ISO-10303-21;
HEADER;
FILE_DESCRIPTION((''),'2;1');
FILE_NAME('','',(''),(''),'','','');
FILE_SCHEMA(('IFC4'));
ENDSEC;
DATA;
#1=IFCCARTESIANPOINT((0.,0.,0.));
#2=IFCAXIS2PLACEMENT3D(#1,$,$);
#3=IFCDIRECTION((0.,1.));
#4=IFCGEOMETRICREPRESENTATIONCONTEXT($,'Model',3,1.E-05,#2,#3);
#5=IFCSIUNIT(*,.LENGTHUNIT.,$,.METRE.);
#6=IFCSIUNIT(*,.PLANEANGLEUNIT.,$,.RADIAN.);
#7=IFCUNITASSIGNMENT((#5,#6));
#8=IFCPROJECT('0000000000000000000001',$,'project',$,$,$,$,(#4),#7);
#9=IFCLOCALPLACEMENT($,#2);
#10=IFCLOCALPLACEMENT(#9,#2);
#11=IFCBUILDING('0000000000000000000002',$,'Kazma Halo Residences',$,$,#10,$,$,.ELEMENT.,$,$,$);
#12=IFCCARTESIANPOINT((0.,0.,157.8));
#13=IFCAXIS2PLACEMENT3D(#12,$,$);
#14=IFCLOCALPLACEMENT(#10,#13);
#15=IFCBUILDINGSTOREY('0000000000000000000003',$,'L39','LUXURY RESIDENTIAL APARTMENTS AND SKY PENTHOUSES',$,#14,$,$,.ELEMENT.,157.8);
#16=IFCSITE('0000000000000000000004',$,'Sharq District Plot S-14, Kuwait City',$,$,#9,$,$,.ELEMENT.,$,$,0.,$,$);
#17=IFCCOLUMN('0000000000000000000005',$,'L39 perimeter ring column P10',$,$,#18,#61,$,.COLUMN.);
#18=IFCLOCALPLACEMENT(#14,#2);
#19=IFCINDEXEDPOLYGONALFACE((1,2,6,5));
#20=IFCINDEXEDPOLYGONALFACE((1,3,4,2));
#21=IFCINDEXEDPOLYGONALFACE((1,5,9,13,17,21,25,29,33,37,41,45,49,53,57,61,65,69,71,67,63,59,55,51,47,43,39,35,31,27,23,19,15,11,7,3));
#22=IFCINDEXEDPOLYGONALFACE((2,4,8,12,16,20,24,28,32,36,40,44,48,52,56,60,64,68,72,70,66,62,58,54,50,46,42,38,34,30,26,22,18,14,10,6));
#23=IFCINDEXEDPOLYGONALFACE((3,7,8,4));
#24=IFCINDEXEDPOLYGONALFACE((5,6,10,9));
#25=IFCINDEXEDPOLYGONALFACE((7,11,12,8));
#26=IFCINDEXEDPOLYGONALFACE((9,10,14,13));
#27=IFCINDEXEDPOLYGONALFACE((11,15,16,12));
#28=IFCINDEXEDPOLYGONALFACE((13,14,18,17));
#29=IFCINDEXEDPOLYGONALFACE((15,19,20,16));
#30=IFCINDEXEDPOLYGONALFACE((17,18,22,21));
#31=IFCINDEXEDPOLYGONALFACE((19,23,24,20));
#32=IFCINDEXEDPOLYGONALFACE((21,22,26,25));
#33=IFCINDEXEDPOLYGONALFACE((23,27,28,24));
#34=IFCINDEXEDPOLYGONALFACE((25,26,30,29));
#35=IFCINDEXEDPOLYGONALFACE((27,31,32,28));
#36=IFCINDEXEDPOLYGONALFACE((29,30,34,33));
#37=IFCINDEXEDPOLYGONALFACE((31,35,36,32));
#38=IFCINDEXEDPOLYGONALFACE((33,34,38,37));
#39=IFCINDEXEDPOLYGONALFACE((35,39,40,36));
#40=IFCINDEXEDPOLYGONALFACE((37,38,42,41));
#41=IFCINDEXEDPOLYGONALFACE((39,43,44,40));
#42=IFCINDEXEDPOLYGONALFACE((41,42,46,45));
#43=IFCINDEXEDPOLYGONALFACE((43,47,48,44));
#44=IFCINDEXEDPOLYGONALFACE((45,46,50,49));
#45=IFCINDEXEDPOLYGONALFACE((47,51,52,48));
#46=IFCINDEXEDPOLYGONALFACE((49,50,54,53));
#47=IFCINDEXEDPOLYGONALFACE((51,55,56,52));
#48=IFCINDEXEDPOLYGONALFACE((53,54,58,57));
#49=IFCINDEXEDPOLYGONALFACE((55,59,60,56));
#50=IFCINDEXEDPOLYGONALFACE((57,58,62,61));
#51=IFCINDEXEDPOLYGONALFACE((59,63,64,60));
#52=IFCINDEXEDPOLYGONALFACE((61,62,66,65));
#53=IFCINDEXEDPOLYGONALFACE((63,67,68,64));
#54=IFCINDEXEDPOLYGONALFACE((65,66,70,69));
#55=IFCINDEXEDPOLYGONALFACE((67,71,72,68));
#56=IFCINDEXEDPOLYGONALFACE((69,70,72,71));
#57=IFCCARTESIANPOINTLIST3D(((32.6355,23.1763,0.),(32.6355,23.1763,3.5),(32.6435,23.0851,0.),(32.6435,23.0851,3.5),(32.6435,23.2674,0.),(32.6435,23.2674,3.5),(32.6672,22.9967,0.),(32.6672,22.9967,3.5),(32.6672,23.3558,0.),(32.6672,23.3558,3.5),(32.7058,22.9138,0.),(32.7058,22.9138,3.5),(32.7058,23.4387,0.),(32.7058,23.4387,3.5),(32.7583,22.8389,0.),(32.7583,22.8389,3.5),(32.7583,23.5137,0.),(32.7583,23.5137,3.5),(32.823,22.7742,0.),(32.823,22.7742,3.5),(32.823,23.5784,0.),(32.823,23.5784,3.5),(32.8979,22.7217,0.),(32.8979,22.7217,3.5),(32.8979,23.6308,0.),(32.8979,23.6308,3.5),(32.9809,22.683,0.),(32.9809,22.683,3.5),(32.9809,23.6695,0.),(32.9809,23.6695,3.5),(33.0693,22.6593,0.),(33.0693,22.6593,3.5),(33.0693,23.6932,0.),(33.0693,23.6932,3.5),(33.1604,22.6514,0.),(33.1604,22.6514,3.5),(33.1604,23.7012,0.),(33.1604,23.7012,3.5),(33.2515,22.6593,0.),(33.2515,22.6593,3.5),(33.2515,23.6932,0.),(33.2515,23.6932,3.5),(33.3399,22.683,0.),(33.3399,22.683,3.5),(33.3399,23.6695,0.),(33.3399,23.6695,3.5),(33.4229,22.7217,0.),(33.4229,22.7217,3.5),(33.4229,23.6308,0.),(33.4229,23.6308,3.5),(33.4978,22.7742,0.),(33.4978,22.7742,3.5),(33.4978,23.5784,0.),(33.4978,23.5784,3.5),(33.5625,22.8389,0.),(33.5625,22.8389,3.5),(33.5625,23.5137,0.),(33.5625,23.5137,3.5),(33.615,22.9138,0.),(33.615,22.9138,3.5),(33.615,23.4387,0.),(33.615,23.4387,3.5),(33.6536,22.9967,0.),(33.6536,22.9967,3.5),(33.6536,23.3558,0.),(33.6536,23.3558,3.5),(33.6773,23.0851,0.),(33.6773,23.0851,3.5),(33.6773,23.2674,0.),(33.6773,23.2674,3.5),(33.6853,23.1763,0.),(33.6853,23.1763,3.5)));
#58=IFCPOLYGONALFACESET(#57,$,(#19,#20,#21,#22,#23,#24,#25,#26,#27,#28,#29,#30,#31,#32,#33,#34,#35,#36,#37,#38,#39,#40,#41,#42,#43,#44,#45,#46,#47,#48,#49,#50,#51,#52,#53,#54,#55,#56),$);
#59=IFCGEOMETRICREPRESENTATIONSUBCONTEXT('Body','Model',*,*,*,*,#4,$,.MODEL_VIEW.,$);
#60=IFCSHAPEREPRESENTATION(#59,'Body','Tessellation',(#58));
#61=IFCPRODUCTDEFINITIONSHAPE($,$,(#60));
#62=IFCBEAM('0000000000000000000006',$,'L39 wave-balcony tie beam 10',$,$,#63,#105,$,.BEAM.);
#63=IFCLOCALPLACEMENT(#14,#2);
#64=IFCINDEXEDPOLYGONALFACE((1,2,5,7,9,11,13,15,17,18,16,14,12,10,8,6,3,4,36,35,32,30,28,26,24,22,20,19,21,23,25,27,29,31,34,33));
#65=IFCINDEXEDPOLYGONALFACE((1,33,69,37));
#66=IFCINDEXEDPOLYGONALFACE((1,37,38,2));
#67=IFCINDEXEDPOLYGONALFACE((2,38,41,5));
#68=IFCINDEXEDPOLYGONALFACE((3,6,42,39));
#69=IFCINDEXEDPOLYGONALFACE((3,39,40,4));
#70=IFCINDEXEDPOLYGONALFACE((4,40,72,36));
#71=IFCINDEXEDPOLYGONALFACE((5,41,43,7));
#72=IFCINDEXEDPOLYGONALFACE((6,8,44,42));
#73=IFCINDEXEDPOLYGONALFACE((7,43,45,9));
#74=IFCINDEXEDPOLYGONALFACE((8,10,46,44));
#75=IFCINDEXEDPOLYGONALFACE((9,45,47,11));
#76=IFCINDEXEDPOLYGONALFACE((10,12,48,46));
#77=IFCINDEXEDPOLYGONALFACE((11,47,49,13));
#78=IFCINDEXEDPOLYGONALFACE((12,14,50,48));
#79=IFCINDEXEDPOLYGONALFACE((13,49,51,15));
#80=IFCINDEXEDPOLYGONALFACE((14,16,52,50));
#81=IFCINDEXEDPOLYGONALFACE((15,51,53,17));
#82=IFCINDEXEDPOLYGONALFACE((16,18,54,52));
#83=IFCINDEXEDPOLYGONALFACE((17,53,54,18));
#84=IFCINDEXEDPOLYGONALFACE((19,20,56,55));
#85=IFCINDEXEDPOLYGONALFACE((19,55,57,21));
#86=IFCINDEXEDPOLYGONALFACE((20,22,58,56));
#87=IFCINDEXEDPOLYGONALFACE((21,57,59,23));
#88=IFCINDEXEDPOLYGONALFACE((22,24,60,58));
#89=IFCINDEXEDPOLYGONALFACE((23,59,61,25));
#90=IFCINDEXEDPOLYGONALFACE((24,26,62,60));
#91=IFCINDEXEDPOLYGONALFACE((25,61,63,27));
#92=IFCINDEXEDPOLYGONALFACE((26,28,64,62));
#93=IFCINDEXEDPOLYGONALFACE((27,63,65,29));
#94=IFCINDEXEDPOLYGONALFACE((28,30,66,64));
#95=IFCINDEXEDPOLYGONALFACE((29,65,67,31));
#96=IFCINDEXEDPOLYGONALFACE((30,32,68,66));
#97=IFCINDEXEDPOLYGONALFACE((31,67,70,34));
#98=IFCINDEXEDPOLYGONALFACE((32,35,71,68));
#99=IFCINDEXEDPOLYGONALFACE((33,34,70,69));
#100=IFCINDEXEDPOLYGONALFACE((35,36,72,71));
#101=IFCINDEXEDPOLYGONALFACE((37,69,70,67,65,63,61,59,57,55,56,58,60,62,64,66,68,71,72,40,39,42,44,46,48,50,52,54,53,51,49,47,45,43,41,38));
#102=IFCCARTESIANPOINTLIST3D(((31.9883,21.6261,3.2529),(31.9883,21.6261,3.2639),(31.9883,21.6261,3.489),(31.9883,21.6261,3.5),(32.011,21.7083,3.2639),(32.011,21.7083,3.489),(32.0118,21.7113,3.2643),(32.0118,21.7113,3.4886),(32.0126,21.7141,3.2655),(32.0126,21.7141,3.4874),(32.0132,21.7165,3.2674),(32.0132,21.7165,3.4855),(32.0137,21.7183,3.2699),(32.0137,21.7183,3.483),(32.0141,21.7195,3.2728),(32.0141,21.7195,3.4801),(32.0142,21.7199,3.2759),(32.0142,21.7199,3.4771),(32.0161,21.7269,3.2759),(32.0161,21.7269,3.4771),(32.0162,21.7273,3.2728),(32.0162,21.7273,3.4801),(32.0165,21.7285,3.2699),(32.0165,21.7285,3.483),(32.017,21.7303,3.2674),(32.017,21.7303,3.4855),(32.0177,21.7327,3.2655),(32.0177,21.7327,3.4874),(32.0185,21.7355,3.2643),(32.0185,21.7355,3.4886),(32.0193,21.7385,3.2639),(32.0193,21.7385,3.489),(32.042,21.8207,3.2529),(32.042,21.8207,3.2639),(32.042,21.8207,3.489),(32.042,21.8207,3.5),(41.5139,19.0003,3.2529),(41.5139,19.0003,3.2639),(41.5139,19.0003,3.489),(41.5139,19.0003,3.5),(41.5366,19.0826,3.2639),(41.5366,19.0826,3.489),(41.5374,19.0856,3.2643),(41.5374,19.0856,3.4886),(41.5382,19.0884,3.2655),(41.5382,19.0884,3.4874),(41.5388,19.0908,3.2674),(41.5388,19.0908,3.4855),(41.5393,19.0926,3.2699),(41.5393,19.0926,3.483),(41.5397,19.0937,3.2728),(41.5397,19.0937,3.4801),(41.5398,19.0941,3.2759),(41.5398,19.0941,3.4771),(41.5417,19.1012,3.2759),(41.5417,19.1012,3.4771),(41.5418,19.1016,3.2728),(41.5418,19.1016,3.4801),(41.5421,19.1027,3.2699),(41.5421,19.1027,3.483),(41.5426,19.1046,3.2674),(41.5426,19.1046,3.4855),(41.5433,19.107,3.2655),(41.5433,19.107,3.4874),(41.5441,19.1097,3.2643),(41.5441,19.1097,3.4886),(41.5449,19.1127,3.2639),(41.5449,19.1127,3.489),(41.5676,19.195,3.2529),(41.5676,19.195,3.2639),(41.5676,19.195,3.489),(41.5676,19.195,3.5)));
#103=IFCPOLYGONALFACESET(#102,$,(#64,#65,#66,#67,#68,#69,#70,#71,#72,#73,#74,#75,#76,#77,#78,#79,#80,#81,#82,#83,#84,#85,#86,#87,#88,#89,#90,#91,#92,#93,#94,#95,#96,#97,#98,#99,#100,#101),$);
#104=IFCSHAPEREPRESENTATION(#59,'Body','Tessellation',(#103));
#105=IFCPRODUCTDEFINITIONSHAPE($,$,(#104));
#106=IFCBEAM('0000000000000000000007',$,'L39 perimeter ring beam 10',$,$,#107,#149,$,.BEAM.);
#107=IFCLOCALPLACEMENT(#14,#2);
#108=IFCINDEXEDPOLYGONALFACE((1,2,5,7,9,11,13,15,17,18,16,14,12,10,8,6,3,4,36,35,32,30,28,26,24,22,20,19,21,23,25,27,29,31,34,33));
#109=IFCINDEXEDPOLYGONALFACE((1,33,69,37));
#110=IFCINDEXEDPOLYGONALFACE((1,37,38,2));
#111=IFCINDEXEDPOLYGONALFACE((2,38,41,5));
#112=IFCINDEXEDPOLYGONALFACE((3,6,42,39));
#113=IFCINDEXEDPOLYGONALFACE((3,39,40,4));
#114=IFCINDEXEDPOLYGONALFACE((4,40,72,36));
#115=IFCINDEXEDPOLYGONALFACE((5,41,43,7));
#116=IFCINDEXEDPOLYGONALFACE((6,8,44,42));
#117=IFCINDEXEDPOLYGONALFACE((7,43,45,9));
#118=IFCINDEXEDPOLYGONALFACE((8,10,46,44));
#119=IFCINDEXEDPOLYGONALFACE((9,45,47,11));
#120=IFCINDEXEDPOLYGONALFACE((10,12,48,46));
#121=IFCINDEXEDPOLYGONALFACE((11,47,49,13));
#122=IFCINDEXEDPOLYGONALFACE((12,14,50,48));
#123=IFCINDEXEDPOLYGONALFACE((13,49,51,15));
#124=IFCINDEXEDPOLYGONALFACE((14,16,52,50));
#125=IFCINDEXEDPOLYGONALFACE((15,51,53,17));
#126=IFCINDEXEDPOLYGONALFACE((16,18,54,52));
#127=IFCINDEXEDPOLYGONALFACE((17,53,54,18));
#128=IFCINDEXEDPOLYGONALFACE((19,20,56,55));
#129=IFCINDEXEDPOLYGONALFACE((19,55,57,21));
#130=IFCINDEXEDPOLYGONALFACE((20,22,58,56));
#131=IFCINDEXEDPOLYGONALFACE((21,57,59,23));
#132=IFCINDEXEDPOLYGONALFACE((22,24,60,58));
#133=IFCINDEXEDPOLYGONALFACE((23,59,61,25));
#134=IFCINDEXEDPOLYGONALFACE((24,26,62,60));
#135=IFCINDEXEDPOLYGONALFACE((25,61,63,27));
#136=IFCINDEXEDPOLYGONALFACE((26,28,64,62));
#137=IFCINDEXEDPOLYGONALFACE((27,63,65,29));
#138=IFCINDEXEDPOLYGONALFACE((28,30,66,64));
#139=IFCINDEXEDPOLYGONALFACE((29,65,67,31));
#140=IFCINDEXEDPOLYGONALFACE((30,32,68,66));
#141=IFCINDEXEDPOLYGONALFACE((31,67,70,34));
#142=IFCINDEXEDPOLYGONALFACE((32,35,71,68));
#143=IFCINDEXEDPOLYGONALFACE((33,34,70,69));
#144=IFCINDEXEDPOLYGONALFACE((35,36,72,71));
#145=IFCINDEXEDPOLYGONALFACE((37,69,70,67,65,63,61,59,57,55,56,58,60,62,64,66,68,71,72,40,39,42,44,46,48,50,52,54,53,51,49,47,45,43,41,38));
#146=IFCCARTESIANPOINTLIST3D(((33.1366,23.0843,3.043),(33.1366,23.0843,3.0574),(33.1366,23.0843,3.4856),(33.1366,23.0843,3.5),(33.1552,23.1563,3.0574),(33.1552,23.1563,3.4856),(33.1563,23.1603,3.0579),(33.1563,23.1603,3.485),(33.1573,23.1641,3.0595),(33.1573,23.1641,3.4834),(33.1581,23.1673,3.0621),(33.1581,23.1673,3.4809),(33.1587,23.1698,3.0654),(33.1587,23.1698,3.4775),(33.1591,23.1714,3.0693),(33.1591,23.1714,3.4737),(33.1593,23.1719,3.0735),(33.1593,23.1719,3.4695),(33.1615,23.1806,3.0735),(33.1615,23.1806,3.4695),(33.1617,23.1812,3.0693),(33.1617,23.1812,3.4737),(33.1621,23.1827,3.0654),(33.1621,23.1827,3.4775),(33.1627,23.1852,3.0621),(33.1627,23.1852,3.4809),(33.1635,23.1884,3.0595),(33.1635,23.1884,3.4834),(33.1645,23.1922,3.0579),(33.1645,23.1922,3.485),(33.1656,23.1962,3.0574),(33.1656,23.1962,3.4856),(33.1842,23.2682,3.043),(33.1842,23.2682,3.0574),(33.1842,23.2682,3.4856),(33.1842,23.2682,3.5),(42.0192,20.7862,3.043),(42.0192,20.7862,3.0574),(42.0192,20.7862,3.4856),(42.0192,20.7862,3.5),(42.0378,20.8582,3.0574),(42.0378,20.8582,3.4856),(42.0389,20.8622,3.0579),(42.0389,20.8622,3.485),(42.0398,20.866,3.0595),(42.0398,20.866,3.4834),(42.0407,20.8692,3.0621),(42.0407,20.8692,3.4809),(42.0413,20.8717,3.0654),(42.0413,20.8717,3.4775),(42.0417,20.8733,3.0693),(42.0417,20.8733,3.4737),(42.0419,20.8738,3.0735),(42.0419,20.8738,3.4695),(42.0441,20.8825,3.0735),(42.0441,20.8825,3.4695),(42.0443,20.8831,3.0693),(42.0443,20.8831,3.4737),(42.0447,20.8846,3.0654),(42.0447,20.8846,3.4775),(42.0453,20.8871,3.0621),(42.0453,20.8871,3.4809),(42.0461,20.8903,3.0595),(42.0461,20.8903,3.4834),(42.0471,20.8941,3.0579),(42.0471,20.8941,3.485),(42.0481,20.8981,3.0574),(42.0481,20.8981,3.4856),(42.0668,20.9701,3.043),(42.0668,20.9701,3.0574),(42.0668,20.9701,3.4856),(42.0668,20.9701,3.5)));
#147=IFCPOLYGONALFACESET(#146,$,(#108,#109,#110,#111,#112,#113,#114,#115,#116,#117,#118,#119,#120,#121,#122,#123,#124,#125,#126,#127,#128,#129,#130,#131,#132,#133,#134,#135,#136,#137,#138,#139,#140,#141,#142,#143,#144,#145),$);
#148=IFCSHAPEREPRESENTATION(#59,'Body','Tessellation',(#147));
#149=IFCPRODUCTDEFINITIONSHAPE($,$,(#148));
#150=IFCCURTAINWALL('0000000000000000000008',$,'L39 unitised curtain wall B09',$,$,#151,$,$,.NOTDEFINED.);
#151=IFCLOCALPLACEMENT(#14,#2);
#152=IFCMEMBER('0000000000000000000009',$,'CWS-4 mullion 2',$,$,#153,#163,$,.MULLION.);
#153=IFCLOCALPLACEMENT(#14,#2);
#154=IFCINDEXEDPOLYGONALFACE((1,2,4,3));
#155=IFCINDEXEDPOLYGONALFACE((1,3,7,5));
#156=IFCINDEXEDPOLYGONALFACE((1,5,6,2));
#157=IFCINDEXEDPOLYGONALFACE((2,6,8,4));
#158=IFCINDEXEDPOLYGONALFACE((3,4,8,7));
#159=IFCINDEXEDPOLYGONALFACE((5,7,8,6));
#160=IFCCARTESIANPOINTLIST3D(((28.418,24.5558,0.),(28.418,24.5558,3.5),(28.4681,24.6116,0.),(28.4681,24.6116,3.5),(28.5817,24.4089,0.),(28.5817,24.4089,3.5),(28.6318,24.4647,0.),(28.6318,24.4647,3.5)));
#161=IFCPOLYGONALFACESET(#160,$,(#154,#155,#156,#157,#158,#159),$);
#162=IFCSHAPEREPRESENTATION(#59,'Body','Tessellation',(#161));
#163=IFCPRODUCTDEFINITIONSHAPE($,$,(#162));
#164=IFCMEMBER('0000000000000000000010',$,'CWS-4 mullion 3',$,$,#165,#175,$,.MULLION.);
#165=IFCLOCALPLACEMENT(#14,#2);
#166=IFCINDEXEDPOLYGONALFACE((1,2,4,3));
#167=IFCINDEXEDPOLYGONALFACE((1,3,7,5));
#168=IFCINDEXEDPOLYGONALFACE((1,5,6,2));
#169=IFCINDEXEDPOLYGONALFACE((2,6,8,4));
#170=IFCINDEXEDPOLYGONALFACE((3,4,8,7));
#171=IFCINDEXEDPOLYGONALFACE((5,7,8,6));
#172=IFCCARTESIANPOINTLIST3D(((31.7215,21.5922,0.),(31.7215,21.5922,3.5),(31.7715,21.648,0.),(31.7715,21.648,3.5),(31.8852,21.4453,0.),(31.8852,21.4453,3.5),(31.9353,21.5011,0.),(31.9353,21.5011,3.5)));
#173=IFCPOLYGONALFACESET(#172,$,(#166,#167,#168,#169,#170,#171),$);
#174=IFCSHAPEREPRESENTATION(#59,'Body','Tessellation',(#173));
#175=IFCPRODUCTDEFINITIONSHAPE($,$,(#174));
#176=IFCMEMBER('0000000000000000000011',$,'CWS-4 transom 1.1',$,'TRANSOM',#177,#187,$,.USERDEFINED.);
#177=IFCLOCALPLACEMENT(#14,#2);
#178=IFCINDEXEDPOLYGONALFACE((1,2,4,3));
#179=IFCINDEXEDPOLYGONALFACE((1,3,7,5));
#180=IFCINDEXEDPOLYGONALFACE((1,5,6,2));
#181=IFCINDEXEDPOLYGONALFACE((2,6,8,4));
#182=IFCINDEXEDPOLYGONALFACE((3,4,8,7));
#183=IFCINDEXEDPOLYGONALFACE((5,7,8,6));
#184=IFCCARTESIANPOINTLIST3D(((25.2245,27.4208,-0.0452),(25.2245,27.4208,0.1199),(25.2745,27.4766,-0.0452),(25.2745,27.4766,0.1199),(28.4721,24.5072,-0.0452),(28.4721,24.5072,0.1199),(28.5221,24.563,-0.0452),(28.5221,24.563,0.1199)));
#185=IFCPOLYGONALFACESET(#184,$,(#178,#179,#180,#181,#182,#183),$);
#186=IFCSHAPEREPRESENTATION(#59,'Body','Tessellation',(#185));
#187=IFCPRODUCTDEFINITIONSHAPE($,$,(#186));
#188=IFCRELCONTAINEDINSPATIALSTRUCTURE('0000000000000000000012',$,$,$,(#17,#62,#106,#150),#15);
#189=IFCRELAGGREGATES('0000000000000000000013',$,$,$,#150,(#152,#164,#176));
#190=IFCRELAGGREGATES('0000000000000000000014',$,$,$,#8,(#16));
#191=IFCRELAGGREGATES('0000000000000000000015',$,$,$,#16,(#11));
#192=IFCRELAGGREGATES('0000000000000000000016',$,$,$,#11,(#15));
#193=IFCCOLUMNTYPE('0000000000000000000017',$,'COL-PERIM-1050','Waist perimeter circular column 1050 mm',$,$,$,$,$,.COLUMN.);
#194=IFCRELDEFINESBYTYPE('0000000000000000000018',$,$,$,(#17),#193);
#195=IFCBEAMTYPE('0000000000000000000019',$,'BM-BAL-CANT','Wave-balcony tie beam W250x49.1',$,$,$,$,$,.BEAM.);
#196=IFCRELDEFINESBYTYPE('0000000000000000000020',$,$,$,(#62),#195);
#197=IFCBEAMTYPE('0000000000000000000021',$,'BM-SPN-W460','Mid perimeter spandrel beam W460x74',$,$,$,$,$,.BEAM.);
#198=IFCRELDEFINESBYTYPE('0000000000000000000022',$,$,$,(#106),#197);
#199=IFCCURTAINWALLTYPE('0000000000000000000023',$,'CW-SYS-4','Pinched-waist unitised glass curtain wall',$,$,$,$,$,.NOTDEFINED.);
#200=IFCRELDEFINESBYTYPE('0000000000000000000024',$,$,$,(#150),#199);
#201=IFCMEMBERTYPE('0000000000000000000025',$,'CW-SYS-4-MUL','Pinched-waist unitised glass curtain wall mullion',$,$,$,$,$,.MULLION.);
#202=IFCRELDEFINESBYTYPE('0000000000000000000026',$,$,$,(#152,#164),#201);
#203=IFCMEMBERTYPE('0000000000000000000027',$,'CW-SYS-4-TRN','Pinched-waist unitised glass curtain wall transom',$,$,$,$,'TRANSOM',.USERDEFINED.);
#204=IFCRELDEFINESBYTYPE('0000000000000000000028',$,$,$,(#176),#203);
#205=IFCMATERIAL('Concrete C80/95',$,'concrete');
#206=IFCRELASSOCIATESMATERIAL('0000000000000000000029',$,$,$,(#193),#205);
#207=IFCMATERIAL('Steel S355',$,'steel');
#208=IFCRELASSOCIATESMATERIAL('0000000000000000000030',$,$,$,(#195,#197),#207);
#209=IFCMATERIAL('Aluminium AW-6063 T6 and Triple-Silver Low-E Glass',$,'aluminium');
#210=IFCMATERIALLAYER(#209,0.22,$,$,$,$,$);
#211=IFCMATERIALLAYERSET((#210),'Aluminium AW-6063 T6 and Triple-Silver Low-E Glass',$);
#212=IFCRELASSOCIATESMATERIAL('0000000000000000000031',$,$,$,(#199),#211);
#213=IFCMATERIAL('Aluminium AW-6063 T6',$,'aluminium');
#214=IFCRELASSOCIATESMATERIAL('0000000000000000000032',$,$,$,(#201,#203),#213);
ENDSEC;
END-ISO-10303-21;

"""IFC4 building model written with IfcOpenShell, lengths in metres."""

from ifc_helpers import new_model, si_unit, direction, frame, origin, origin_2d, place, context, subcontext, project, spatial, rectangle, circle, i_section, extrude, material, layer, layer_set, material_profile, profile_set, type_object, element, aggregate, save


model = new_model("IFC4")

# Units and contexts
model_context = context("Model", 3, precision=1e-05, world=origin(), true_north=direction((0.0, 1.0)))
body_context = subcontext(model_context, "Body", "Model", "MODEL_VIEW")
ifc_project = project(units=[si_unit("LENGTHUNIT", "METRE"), si_unit("PLANEANGLEUNIT", "RADIAN")], contexts=[model_context])

# Site, building, storey
site_placement = place(None, origin())
site = spatial("IfcSite", under=ifc_project, at=site_placement, Name="Sharq District Plot S-14, Kuwait City", CompositionType="ELEMENT", RefElevation=0.0)
building_placement = place(site_placement, origin())
building = spatial("IfcBuilding", under=site, at=building_placement, Name="Kazma Halo Residences", CompositionType="ELEMENT")
storey_placement = place(building_placement, frame((0.0, 0.0, 157.8)))
storey = spatial("IfcBuildingStorey", under=building, at=storey_placement, Name="L39", Description="LUXURY RESIDENTIAL APARTMENTS AND SKY PENTHOUSES", CompositionType="ELEMENT", Elevation=157.8)

# Column
ifc_material_1 = material(Name="Concrete C80/95", Category="concrete")
ifc_material_profile_1 = material_profile(ifc_material_1, circle(Radius=0.5249, at=origin_2d()), Name="CIRC1050")
ifc_profile_set_1 = profile_set([ifc_material_profile_1], Name="Concrete C80/95")
column_type = type_object("IfcColumnType", Name="COL-PERIM-1050", Description="Waist perimeter circular column 1050 mm", PredefinedType="COLUMN", material=ifc_profile_set_1)
column_placement = place(storey_placement, frame((33.1604, 23.1763, 0.0), z_axis=(0.0, 0.0, 1.0), x_axis=(1.0, 0.0, 0.0)))
element("IfcColumn", 1, at=column_placement, inside=storey, type_object=column_type, Name="L39 perimeter ring column P10", PredefinedType="COLUMN", context=body_context, shape_type="SweptSolid", body=[
    extrude(circle(Radius=0.5249, at=origin_2d()), origin(), (0.0, 0.0, 1.0), 3.5),
])

# Beams
ifc_material_2 = material(Name="Steel S355", Category="steel")
ifc_material_profile_2 = material_profile(ifc_material_2, i_section(OverallWidth=0.2019, OverallDepth=0.2471, WebThickness=0.0073, FlangeThickness=0.011, FilletRadius=0.012, at=origin_2d()), Name="W250x49.1")
ifc_profile_set_2 = profile_set([ifc_material_profile_2], Name="Steel S355")
beam_type_1 = type_object("IfcBeamType", Name="BM-BAL-CANT", Description="Wave-balcony tie beam W250x49.1", PredefinedType="BEAM", material=ifc_profile_set_2)
beam_1_placement = place(storey_placement, frame((32.0151, 21.7234, 3.3765), z_axis=(0.964045, -0.265738, 0.0), x_axis=(0.265738, 0.964045, 0.0)))
element("IfcBeam", 2, at=beam_1_placement, inside=storey, type_object=beam_type_1, Name="L39 wave-balcony tie beam 10", PredefinedType="BEAM", context=body_context, shape_type="SweptSolid", body=[
    extrude(i_section(OverallWidth=0.2019, OverallDepth=0.2471, WebThickness=0.0073, FlangeThickness=0.011, FilletRadius=0.012, at=origin_2d()), origin(), (0.0, 0.0, 1.0), 9.8809),
])
ifc_material_profile_3 = material_profile(ifc_material_2, i_section(OverallWidth=0.1899, OverallDepth=0.457, WebThickness=0.009, FlangeThickness=0.0144, FilletRadius=0.0161, at=origin_2d()), Name="W460x74")
ifc_profile_set_3 = profile_set([ifc_material_profile_3], Name="Steel S355")
beam_type_2 = type_object("IfcBeamType", Name="BM-SPN-W460", Description="Mid perimeter spandrel beam W460x74", PredefinedType="BEAM", material=ifc_profile_set_3)
beam_2_placement = place(storey_placement, frame((33.1604, 23.1763, 3.2715), z_axis=(0.968124, -0.250473, 0.0), x_axis=(0.250473, 0.968124, 0.0)))
element("IfcBeam", 3, at=beam_2_placement, inside=storey, type_object=beam_type_2, Name="L39 perimeter ring beam 10", PredefinedType="BEAM", context=body_context, shape_type="SweptSolid", body=[
    extrude(i_section(OverallWidth=0.1899, OverallDepth=0.457, WebThickness=0.009, FlangeThickness=0.0144, FilletRadius=0.0161, at=origin_2d()), origin(), (0.0, 0.0, 1.0), 9.175),
])

# Curtain wall, members
ifc_material_3 = material(Name="Aluminium AW-6063 T6 and Triple-Silver Low-E Glass", Category="aluminium")
ifc_layer_1 = layer(ifc_material_3, 0.22)
ifc_layer_set_1 = layer_set([ifc_layer_1], Name="Aluminium AW-6063 T6 and Triple-Silver Low-E Glass")
curtain_wall_type = type_object("IfcCurtainWallType", Name="CW-SYS-4", Description="Pinched-waist unitised glass curtain wall", PredefinedType="NOTDEFINED", material=ifc_layer_set_1)
curtain_wall_placement = place(storey_placement, origin())
curtain_wall = element("IfcCurtainWall", 4, at=curtain_wall_placement, inside=storey, type_object=curtain_wall_type, Name="L39 unitised curtain wall B09", PredefinedType="NOTDEFINED")
ifc_material_4 = material(Name="Aluminium AW-6063 T6", Category="aluminium")
ifc_material_profile_4 = material_profile(ifc_material_4, rectangle(XDim=0.075, YDim=0.22, at=origin_2d()), Name="CWM-75x220")
ifc_profile_set_4 = profile_set([ifc_material_profile_4], Name="Aluminium AW-6063 T6")
member_type_1 = type_object("IfcMemberType", Name="CW-SYS-4-MUL", Description="Pinched-waist unitised glass curtain wall mullion", PredefinedType="MULLION", material=ifc_profile_set_4)
member_1_placement = place(storey_placement, frame((28.5249, 24.5103, 0.0), z_axis=(0.0, 0.0, 1.0), x_axis=(0.66777, 0.744368, 0.0)))
member_1 = element("IfcMember", 5, at=member_1_placement, type_object=member_type_1, Name="CWS-4 mullion 2", PredefinedType="MULLION", context=body_context, shape_type="SweptSolid", body=[
    extrude(rectangle(XDim=0.075, YDim=0.22, at=origin_2d()), origin(), (0.0, 0.0, 1.0), 3.5),
])
member_2_placement = place(storey_placement, frame((31.8284, 21.5466, 0.0), z_axis=(0.0, 0.0, 1.0), x_axis=(0.66777, 0.744368, 0.0)))
member_2 = element("IfcMember", 6, at=member_2_placement, type_object=member_type_1, Name="CWS-4 mullion 3", PredefinedType="MULLION", context=body_context, shape_type="SweptSolid", body=[
    extrude(rectangle(XDim=0.075, YDim=0.22, at=origin_2d()), origin(), (0.0, 0.0, 1.0), 3.5),
])
ifc_material_profile_5 = material_profile(ifc_material_4, rectangle(XDim=0.075, YDim=0.165, at=origin_2d()), Name="CWT-75x165")
ifc_profile_set_5 = profile_set([ifc_material_profile_5], Name="Aluminium AW-6063 T6")
member_type_2 = type_object("IfcMemberType", Name="CW-SYS-4-TRN", Description="Pinched-waist unitised glass curtain wall transom", ElementType="TRANSOM", PredefinedType="USERDEFINED", material=ifc_profile_set_5)
member_3_placement = place(storey_placement, frame((25.2495, 27.4487, 0.0374), z_axis=(0.744345, -0.667795, 0.0), x_axis=(0.667795, 0.744345, 0.0)))
member_3 = element("IfcMember", 7, at=member_3_placement, type_object=member_type_2, Name="CWS-4 transom 1.1", ObjectType="TRANSOM", PredefinedType="USERDEFINED", context=body_context, shape_type="SweptSolid", body=[
    extrude(rectangle(XDim=0.075, YDim=0.165, at=origin_2d()), origin(), (0.0, 0.0, 1.0), 4.363),
])
aggregate(curtain_wall, [member_1, member_2, member_3])

save(model, "model.ifc")
